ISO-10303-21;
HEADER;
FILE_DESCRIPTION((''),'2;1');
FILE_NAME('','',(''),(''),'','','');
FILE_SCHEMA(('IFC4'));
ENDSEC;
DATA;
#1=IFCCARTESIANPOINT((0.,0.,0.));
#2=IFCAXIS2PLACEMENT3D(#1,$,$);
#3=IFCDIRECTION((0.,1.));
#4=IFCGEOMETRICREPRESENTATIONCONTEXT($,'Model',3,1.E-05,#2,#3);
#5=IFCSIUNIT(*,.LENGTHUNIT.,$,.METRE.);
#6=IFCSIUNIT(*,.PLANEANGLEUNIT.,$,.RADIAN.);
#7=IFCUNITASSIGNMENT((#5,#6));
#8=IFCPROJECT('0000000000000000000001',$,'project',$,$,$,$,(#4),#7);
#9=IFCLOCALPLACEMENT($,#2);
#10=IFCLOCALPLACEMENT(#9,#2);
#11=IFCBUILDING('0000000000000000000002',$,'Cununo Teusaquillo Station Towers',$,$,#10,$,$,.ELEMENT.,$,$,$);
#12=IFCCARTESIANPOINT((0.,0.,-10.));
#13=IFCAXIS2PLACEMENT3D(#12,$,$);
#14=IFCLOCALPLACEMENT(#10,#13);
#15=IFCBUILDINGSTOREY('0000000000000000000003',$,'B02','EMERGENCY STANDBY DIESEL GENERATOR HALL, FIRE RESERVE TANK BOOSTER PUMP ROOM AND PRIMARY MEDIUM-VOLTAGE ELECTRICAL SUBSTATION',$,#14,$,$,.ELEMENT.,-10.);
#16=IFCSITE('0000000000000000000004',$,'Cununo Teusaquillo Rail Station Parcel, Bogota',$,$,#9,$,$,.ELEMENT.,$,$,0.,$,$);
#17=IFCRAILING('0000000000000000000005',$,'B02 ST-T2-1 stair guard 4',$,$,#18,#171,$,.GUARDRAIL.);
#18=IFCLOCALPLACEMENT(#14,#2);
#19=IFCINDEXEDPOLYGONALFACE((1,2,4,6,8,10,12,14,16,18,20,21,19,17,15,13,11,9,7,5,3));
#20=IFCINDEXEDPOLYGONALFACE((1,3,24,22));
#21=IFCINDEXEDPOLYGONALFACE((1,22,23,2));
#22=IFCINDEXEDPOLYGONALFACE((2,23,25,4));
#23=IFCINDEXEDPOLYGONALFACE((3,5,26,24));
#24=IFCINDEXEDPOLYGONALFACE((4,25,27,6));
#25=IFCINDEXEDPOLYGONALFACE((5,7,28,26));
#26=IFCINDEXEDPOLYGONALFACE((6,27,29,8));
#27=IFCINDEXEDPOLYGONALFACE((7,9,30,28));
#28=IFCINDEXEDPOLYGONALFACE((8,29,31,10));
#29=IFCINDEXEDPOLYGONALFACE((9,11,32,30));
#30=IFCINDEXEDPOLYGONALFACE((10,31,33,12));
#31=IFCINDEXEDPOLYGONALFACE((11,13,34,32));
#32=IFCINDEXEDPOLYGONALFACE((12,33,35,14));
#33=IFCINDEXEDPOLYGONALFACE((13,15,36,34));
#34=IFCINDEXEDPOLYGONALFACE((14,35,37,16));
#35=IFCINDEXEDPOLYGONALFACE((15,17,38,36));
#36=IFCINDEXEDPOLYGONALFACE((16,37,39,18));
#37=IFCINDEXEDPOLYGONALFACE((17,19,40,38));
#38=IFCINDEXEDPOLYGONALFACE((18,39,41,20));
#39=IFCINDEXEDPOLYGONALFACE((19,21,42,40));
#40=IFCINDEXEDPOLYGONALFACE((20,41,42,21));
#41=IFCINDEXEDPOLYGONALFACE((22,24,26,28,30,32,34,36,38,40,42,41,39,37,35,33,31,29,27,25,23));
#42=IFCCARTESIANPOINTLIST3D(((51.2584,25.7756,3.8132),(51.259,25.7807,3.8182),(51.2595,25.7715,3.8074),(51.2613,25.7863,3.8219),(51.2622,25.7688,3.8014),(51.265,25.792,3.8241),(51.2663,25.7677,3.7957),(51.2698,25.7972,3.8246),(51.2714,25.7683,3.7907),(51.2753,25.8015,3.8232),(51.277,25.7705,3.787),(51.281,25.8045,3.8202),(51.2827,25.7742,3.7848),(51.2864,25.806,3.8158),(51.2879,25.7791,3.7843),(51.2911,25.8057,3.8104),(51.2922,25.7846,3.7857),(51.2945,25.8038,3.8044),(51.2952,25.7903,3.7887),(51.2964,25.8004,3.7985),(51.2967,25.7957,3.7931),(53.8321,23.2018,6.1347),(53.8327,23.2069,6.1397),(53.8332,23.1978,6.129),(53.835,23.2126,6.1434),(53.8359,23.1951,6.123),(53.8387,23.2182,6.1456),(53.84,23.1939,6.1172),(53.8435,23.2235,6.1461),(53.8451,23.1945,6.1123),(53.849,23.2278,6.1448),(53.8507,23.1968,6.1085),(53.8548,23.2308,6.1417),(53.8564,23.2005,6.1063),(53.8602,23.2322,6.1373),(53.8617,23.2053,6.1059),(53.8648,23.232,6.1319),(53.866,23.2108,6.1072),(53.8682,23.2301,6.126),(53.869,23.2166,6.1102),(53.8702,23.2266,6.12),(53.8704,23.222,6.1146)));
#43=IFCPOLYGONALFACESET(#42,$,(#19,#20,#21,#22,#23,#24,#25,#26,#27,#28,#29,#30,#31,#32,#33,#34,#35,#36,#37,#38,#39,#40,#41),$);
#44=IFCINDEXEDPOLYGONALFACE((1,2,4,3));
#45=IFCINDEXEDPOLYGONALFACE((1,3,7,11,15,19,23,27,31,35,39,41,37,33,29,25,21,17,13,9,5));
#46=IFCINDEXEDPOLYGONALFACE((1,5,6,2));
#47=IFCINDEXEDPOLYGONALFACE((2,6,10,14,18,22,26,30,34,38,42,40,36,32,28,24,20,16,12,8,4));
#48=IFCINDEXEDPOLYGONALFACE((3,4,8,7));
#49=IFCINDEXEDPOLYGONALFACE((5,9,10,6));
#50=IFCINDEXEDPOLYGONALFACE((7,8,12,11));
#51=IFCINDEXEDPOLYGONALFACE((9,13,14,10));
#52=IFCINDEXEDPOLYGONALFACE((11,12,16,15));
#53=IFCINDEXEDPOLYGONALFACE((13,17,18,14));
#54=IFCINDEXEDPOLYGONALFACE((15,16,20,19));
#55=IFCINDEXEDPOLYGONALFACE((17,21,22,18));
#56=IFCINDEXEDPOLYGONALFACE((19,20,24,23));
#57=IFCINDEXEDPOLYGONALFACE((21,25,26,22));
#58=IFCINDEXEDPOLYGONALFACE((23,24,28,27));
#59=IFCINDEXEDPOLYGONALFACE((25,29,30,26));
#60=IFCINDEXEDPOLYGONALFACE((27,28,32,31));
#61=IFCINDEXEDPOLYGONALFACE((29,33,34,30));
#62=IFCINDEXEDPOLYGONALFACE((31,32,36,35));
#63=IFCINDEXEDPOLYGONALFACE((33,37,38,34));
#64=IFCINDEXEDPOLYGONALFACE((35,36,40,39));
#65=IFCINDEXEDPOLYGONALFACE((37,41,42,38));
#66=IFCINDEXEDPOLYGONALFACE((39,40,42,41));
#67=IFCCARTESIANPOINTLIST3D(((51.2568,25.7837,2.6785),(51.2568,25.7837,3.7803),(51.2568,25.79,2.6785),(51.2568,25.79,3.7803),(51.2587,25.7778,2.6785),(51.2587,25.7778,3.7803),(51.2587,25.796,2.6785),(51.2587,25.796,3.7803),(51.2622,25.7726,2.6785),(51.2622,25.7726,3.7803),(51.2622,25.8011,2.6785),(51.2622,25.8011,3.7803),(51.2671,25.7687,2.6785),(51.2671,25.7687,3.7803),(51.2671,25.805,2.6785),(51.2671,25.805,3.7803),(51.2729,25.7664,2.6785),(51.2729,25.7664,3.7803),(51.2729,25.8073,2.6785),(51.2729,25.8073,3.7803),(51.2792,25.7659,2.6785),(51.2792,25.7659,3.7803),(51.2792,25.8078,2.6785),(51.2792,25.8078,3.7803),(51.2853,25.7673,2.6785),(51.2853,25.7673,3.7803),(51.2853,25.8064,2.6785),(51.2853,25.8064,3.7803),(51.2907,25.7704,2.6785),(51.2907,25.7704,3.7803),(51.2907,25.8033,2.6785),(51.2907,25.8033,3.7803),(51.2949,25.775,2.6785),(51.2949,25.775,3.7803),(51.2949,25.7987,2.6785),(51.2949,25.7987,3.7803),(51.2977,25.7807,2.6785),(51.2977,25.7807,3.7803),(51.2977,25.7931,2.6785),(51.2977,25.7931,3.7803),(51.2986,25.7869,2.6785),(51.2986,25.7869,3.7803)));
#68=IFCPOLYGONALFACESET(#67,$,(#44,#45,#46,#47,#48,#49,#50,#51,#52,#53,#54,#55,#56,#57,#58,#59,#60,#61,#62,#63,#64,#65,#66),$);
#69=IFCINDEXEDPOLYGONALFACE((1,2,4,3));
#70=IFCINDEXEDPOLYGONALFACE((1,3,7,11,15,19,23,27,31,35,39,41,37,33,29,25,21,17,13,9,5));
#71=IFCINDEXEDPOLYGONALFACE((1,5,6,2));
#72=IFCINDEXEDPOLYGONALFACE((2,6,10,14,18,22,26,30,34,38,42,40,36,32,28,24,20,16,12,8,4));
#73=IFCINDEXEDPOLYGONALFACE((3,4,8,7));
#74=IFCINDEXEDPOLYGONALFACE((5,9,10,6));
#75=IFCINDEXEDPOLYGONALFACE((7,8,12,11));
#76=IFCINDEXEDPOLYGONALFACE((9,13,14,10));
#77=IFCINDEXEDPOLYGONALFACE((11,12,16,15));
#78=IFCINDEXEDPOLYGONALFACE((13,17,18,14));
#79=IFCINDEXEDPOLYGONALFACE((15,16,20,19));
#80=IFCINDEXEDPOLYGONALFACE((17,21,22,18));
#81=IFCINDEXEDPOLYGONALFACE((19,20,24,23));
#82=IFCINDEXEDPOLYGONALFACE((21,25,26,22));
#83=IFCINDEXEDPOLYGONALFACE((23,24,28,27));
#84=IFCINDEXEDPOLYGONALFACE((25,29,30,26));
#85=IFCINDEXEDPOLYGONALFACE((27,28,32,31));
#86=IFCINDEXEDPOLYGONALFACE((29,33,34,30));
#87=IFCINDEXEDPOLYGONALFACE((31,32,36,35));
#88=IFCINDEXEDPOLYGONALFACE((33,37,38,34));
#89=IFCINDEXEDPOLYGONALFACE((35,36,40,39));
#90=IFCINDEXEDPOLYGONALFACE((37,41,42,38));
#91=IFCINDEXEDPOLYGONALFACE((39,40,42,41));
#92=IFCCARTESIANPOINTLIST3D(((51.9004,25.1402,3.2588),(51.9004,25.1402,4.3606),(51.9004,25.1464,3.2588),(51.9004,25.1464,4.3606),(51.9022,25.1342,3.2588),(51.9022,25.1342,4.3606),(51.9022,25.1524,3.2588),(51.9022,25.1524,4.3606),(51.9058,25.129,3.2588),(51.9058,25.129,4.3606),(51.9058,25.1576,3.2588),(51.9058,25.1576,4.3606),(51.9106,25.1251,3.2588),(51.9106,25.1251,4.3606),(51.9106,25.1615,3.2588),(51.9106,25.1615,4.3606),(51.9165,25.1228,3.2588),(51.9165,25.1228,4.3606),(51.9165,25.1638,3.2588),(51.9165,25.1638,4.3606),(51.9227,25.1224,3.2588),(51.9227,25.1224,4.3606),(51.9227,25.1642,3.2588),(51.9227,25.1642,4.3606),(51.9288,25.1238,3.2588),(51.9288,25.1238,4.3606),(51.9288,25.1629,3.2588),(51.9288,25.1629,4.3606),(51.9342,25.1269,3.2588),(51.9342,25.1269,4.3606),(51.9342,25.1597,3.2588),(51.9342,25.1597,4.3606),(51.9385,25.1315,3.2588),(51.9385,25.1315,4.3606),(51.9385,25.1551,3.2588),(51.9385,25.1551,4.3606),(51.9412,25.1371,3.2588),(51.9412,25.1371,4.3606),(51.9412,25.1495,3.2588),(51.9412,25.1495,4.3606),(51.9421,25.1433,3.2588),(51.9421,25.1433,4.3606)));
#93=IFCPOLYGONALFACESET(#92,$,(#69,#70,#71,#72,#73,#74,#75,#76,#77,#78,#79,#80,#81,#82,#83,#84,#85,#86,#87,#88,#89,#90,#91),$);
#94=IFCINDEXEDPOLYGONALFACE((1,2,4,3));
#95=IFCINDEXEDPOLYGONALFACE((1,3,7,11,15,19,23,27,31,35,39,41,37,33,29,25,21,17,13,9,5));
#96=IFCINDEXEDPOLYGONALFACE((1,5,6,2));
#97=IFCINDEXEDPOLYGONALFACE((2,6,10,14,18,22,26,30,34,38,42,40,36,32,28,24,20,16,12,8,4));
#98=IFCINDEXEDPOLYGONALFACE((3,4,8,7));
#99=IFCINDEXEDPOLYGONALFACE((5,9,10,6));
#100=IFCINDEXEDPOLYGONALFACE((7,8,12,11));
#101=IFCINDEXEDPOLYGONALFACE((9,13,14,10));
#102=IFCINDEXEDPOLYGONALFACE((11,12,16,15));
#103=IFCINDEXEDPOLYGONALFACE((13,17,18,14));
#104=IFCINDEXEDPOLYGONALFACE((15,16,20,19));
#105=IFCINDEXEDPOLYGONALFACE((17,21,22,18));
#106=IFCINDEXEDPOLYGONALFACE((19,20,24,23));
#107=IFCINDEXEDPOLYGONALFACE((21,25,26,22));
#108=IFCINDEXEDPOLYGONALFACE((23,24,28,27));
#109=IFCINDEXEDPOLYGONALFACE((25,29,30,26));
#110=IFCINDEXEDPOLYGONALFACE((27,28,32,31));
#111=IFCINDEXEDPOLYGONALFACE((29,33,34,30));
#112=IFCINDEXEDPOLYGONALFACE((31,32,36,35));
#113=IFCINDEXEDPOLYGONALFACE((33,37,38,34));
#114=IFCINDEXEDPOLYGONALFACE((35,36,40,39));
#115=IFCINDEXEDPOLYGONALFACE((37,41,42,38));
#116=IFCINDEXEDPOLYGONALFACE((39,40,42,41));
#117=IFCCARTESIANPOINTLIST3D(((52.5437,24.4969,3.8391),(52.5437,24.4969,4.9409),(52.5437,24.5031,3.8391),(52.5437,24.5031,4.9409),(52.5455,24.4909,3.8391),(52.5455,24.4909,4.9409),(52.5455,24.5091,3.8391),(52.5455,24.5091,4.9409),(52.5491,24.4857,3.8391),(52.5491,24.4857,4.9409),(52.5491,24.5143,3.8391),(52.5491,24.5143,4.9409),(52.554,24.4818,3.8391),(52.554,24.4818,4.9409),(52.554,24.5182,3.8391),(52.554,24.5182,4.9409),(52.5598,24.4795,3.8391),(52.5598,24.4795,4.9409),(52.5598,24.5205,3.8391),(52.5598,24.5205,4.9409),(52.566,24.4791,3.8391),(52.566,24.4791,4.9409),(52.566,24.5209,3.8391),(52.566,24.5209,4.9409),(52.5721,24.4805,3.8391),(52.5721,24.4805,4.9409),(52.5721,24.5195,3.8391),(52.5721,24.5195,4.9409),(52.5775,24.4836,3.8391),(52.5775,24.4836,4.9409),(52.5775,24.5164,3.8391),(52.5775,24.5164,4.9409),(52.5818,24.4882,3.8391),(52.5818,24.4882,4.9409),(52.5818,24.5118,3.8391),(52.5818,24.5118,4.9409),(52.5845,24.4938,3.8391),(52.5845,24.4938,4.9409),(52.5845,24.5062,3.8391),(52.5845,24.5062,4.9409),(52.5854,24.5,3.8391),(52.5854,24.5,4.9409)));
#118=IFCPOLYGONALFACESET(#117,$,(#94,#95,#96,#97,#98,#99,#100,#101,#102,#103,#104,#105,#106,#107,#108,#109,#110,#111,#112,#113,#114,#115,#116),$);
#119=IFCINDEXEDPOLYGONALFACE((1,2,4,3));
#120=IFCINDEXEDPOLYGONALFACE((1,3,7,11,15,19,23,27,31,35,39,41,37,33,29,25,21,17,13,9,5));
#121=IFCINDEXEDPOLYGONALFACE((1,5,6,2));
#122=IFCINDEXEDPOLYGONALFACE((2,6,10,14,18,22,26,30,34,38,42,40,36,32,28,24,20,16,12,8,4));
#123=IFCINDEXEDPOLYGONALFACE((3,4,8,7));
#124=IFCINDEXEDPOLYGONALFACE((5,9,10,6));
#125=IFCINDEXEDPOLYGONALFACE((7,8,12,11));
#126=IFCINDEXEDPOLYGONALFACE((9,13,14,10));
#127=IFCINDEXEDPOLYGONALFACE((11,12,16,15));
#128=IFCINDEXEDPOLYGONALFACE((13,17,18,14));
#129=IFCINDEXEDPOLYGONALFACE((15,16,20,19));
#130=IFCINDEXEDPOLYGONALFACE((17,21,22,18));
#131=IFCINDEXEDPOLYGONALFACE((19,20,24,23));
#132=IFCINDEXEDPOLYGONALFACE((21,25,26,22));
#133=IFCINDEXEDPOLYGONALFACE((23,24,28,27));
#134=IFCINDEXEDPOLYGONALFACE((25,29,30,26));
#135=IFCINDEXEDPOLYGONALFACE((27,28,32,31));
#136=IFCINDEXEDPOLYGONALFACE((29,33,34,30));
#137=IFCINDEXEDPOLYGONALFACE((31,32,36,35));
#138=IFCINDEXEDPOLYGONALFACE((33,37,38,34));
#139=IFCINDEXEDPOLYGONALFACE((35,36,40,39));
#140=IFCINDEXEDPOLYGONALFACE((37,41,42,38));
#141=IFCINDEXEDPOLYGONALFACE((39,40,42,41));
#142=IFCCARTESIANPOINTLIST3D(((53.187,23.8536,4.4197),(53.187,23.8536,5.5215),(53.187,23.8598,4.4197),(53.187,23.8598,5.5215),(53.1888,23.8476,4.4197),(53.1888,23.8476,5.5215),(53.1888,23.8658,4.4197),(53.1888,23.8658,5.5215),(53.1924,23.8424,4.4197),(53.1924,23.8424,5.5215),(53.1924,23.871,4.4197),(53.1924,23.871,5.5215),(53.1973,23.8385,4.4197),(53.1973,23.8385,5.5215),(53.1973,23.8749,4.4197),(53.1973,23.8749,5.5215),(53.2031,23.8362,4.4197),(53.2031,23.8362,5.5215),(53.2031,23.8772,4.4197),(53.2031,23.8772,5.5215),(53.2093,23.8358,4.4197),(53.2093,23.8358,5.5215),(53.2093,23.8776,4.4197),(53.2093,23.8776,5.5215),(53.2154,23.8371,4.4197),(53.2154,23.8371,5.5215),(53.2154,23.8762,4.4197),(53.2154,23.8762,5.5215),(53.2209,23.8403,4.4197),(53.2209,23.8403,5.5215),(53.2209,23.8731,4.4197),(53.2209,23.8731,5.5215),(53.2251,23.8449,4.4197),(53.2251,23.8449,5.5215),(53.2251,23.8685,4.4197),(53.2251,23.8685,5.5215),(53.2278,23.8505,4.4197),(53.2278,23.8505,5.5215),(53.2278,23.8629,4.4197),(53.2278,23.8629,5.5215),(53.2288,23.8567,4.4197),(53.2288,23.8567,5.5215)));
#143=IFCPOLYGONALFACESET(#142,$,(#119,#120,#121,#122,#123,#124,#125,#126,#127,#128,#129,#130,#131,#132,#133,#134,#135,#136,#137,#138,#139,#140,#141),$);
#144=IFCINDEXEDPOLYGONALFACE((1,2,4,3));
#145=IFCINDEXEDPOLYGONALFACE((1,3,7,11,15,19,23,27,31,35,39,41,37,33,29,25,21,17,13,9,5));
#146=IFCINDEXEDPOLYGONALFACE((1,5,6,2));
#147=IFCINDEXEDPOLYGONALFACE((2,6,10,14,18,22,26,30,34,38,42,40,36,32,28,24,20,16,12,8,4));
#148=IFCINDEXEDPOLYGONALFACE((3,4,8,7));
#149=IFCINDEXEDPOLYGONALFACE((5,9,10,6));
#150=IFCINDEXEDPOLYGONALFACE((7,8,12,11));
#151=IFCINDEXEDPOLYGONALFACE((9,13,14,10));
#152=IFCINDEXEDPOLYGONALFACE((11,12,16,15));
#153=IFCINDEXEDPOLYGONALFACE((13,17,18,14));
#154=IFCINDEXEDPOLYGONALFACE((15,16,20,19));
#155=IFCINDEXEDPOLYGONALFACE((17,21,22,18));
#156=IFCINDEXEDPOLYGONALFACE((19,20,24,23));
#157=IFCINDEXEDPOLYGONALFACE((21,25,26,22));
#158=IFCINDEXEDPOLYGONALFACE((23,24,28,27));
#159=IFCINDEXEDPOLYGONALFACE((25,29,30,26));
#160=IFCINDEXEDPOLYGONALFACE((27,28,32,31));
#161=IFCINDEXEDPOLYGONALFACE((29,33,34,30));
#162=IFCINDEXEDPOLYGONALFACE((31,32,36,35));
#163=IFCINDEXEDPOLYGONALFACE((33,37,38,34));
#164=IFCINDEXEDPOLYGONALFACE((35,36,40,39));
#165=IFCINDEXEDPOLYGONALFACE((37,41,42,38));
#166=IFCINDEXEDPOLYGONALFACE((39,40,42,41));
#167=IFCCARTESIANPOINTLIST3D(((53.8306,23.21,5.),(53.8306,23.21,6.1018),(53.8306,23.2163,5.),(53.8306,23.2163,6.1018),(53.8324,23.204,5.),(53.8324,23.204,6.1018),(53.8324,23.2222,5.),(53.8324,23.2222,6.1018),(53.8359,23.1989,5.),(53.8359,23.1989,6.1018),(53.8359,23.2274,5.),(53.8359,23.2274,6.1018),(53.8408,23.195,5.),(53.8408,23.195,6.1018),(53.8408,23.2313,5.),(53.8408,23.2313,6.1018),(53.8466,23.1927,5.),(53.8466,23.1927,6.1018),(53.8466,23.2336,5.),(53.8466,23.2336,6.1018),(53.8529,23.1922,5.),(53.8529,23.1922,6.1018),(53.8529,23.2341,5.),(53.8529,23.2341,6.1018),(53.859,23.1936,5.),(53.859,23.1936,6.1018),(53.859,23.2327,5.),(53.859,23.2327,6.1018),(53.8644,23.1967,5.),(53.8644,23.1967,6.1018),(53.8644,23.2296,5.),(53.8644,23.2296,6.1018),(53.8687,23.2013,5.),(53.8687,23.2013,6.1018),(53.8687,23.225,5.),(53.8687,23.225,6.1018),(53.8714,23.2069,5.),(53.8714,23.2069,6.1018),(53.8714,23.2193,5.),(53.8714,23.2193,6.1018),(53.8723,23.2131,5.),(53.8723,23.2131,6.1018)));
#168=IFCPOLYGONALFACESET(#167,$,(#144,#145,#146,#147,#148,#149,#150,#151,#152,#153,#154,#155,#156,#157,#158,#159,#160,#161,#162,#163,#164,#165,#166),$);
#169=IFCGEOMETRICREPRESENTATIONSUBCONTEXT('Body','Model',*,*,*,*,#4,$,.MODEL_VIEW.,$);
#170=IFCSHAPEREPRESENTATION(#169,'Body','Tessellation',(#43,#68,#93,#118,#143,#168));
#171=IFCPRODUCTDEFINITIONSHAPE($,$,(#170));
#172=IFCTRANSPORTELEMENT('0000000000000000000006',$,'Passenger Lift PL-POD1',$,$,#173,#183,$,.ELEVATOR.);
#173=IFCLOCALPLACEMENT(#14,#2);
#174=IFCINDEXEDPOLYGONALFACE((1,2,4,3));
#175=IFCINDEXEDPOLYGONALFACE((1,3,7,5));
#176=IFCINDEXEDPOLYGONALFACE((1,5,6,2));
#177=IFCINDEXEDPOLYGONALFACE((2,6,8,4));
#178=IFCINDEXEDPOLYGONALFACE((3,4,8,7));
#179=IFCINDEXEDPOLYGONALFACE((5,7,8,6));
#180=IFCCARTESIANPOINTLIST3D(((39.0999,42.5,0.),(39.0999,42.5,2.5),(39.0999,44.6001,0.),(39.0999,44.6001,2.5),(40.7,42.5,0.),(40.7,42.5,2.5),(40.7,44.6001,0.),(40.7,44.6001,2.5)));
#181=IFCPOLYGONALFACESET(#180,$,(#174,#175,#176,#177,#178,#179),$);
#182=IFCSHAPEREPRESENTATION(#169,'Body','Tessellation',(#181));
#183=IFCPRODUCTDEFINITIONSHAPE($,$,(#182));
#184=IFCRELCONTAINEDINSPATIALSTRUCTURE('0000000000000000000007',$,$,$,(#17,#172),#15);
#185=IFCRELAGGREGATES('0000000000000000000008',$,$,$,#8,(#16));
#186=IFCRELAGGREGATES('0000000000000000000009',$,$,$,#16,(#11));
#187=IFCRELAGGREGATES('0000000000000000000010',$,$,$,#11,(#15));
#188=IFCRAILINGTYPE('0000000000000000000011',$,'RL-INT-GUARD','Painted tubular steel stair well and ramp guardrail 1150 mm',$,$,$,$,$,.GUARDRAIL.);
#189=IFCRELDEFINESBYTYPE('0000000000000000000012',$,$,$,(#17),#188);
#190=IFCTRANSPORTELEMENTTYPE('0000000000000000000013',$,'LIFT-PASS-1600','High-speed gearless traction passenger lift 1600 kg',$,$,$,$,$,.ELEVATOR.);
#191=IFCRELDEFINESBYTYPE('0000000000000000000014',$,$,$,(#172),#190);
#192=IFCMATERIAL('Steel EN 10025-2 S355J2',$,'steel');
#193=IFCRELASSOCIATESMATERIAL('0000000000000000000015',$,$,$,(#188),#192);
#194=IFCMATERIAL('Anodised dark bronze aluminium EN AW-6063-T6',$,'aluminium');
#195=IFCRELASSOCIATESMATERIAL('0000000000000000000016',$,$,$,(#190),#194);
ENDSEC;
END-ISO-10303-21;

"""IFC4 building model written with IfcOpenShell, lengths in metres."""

from ifc_helpers import new_model, si_unit, direction, frame, origin, origin_2d, place, context, subcontext, project, spatial, rectangle, circle, extrude, source, transform, mapped, material, type_object, element, save


model = new_model("IFC4")

# Units and contexts
model_context = context("Model", 3, precision=1e-05, world=origin(), true_north=direction((0.0, 1.0)))
body_context = subcontext(model_context, "Body", "Model", "MODEL_VIEW")
ifc_project = project(units=[si_unit("LENGTHUNIT", "METRE"), si_unit("PLANEANGLEUNIT", "RADIAN")], contexts=[model_context])

# Site, building, storey
site_placement = place(None, origin())
site = spatial("IfcSite", under=ifc_project, at=site_placement, Name="Cununo Teusaquillo Rail Station Parcel, Bogota", CompositionType="ELEMENT", RefElevation=0.0)
building_placement = place(site_placement, origin())
building = spatial("IfcBuilding", under=site, at=building_placement, Name="Cununo Teusaquillo Station Towers", CompositionType="ELEMENT")
storey_placement = place(building_placement, frame((0.0, 0.0, -10.0)))
storey = spatial("IfcBuildingStorey", under=building, at=storey_placement, Name="B02", Description="EMERGENCY STANDBY DIESEL GENERATOR HALL, FIRE RESERVE TANK BOOSTER PUMP ROOM AND PRIMARY MEDIUM-VOLTAGE ELECTRICAL SUBSTATION", CompositionType="ELEMENT", Elevation=-10.0)

# Railing
ifc_material_1 = material(Name="Steel EN 10025-2 S355J2", Category="steel")
railing_type = type_object("IfcRailingType", Name="RL-INT-GUARD", Description="Painted tubular steel stair well and ramp guardrail 1150 mm", PredefinedType="GUARDRAIL", material=ifc_material_1)
railing_1_placement = place(storey_placement, frame((51.2776, 25.7869, 2.6785)))
element("IfcRailing", 1, at=railing_1_placement, inside=storey, type_object=railing_type, Name="B02 ST-T2-1 stair guard 4", PredefinedType="GUARDRAIL", context=body_context, shape_type="SweptSolid", body=[
    extrude(circle(Radius=0.0239, at=origin_2d()), frame((0.0, 0.0, 1.126), z_axis=(0.596166, -0.596166, 0.537748), x_axis=(0.707107, 0.707107, 0.0)), (0.0, 0.0, 1.0), 4.3171),
    extrude(circle(Radius=0.021, at=origin_2d()), origin(), (0.0, 0.0, 1.0), 1.1018),
    extrude(circle(Radius=0.021, at=origin_2d()), frame((0.6436, -0.6436, 0.5803)), (0.0, 0.0, 1.0), 1.1018),
    extrude(circle(Radius=0.021, at=origin_2d()), frame((1.2869, -1.2869, 1.1606)), (0.0, 0.0, 1.0), 1.1018),
    extrude(circle(Radius=0.021, at=origin_2d()), frame((1.9302, -1.9302, 1.7412)), (0.0, 0.0, 1.0), 1.1018),
    extrude(circle(Radius=0.021, at=origin_2d()), frame((2.5737, -2.5737, 2.3215)), (0.0, 0.0, 1.0), 1.1018),
])

# Transport element
ifc_material_2 = material(Name="Anodised dark bronze aluminium EN AW-6063-T6", Category="aluminium")
transport_element_type = type_object("IfcTransportElementType", Name="LIFT-PASS-1600", Description="High-speed gearless traction passenger lift 1600 kg", PredefinedType="ELEVATOR", material=ifc_material_2)
shared_shape_1 = source(origin(), body_context, "Body", "SweptSolid", [
    extrude(rectangle(XDim=1.6001, YDim=2.1001, at=origin_2d()), origin(), (0.0, 0.0, 1.0), 2.5),
])
transport_element_placement = place(storey_placement, frame((39.8999, 43.55, 0.0), z_axis=(0.0, 0.0, 1.0), x_axis=(1.0, 0.0, 0.0)))
element("IfcTransportElement", 2, at=transport_element_placement, inside=storey, type_object=transport_element_type, Name="Passenger Lift PL-POD1", PredefinedType="ELEVATOR", context=body_context, shape_type="MappedRepresentation", body=[
    mapped(shared_shape_1, transform((0.0, 0.0, 0.0), x_axis=(1.0, 0.0, 0.0), y_axis=(0.0, 1.0, 0.0), z_axis=(0.0, 0.0, 1.0), scale=1.0)),
])

save(model, "model.ifc")
